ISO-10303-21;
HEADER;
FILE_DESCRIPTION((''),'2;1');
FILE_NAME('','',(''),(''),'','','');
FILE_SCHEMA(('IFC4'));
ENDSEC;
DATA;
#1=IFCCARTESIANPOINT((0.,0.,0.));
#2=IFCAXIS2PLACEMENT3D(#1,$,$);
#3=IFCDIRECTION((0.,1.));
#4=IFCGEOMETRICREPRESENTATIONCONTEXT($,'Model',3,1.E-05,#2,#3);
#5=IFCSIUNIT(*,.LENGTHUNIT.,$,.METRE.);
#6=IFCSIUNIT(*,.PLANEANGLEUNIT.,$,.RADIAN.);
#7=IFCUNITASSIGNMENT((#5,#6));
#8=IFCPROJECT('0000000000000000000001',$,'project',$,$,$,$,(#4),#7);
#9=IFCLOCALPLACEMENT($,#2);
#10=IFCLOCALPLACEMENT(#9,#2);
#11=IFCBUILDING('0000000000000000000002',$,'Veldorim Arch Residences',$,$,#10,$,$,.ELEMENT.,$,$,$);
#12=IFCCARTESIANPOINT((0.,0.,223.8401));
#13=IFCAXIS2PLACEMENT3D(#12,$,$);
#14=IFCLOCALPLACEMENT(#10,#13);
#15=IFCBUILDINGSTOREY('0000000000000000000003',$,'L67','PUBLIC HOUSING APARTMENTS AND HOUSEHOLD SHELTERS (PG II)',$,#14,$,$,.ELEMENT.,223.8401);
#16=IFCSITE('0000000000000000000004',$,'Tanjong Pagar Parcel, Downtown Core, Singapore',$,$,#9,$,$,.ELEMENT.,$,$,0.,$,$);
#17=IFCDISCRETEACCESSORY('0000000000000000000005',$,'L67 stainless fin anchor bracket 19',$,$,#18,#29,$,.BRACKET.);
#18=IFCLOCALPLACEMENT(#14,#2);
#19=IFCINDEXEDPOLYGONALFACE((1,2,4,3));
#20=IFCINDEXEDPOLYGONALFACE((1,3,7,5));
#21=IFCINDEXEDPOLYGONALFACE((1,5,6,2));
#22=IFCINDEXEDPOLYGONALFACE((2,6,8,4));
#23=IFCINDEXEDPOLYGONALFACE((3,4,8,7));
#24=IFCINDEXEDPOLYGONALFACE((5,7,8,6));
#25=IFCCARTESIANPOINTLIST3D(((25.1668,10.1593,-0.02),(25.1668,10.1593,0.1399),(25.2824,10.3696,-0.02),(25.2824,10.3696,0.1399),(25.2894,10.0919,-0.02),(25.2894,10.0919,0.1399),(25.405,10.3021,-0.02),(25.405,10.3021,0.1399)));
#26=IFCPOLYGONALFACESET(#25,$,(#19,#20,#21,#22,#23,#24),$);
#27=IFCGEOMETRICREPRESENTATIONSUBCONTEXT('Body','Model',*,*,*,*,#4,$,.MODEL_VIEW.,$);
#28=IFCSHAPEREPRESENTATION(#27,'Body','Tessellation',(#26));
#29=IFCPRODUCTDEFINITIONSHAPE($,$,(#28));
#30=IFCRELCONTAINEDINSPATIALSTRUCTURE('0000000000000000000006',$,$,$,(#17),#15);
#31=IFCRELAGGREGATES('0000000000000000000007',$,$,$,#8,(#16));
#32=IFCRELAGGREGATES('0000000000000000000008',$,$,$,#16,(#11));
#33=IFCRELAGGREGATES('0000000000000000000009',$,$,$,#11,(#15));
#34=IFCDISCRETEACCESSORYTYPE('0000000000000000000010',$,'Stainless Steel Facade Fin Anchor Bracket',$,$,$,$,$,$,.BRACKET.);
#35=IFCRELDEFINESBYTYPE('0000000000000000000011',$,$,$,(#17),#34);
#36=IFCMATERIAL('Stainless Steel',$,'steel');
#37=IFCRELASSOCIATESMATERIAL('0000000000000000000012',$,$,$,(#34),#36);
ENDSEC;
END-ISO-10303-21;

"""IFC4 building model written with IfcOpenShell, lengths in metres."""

from ifc_helpers import new_model, si_unit, direction, frame, origin, origin_2d, place, context, subcontext, project, spatial, rectangle, extrude, material, type_object, element, save


model = new_model("IFC4")

# Units and contexts
model_context = context("Model", 3, precision=1e-05, world=origin(), true_north=direction((0.0, 1.0)))
body_context = subcontext(model_context, "Body", "Model", "MODEL_VIEW")
ifc_project = project(units=[si_unit("LENGTHUNIT", "METRE"), si_unit("PLANEANGLEUNIT", "RADIAN")], contexts=[model_context])

# Site, building, storey
site_placement = place(None, origin())
site = spatial("IfcSite", under=ifc_project, at=site_placement, Name="Tanjong Pagar Parcel, Downtown Core, Singapore", CompositionType="ELEMENT", RefElevation=0.0)
building_placement = place(site_placement, origin())
building = spatial("IfcBuilding", under=site, at=building_placement, Name="Veldorim Arch Residences", CompositionType="ELEMENT")
storey_placement = place(building_placement, frame((0.0, 0.0, 223.8401)))
storey = spatial("IfcBuildingStorey", under=building, at=storey_placement, Name="L67", Description="PUBLIC HOUSING APARTMENTS AND HOUSEHOLD SHELTERS (PG II)", CompositionType="ELEMENT", Elevation=223.8401)

# Discrete accessory
ifc_material_1 = material(Name="Stainless Steel", Category="steel")
discrete_accessory_type = type_object("IfcDiscreteAccessoryType", Name="Stainless Steel Facade Fin Anchor Bracket", PredefinedType="BRACKET", material=ifc_material_1)
discrete_accessory_placement = place(storey_placement, frame((25.2859, 10.2307, -0.02), z_axis=(0.0, 0.0, 1.0), x_axis=(-0.876223, 0.481907, 0.0)))
element("IfcDiscreteAccessory", 1, at=discrete_accessory_placement, inside=storey, type_object=discrete_accessory_type, Name="L67 stainless fin anchor bracket 19", PredefinedType="BRACKET", context=body_context, shape_type="SweptSolid", body=[
    extrude(rectangle(XDim=0.1399, YDim=0.24, at=origin_2d()), origin(), (0.0, 0.0, 1.0), 0.1599),
])

save(model, "model.ifc")
